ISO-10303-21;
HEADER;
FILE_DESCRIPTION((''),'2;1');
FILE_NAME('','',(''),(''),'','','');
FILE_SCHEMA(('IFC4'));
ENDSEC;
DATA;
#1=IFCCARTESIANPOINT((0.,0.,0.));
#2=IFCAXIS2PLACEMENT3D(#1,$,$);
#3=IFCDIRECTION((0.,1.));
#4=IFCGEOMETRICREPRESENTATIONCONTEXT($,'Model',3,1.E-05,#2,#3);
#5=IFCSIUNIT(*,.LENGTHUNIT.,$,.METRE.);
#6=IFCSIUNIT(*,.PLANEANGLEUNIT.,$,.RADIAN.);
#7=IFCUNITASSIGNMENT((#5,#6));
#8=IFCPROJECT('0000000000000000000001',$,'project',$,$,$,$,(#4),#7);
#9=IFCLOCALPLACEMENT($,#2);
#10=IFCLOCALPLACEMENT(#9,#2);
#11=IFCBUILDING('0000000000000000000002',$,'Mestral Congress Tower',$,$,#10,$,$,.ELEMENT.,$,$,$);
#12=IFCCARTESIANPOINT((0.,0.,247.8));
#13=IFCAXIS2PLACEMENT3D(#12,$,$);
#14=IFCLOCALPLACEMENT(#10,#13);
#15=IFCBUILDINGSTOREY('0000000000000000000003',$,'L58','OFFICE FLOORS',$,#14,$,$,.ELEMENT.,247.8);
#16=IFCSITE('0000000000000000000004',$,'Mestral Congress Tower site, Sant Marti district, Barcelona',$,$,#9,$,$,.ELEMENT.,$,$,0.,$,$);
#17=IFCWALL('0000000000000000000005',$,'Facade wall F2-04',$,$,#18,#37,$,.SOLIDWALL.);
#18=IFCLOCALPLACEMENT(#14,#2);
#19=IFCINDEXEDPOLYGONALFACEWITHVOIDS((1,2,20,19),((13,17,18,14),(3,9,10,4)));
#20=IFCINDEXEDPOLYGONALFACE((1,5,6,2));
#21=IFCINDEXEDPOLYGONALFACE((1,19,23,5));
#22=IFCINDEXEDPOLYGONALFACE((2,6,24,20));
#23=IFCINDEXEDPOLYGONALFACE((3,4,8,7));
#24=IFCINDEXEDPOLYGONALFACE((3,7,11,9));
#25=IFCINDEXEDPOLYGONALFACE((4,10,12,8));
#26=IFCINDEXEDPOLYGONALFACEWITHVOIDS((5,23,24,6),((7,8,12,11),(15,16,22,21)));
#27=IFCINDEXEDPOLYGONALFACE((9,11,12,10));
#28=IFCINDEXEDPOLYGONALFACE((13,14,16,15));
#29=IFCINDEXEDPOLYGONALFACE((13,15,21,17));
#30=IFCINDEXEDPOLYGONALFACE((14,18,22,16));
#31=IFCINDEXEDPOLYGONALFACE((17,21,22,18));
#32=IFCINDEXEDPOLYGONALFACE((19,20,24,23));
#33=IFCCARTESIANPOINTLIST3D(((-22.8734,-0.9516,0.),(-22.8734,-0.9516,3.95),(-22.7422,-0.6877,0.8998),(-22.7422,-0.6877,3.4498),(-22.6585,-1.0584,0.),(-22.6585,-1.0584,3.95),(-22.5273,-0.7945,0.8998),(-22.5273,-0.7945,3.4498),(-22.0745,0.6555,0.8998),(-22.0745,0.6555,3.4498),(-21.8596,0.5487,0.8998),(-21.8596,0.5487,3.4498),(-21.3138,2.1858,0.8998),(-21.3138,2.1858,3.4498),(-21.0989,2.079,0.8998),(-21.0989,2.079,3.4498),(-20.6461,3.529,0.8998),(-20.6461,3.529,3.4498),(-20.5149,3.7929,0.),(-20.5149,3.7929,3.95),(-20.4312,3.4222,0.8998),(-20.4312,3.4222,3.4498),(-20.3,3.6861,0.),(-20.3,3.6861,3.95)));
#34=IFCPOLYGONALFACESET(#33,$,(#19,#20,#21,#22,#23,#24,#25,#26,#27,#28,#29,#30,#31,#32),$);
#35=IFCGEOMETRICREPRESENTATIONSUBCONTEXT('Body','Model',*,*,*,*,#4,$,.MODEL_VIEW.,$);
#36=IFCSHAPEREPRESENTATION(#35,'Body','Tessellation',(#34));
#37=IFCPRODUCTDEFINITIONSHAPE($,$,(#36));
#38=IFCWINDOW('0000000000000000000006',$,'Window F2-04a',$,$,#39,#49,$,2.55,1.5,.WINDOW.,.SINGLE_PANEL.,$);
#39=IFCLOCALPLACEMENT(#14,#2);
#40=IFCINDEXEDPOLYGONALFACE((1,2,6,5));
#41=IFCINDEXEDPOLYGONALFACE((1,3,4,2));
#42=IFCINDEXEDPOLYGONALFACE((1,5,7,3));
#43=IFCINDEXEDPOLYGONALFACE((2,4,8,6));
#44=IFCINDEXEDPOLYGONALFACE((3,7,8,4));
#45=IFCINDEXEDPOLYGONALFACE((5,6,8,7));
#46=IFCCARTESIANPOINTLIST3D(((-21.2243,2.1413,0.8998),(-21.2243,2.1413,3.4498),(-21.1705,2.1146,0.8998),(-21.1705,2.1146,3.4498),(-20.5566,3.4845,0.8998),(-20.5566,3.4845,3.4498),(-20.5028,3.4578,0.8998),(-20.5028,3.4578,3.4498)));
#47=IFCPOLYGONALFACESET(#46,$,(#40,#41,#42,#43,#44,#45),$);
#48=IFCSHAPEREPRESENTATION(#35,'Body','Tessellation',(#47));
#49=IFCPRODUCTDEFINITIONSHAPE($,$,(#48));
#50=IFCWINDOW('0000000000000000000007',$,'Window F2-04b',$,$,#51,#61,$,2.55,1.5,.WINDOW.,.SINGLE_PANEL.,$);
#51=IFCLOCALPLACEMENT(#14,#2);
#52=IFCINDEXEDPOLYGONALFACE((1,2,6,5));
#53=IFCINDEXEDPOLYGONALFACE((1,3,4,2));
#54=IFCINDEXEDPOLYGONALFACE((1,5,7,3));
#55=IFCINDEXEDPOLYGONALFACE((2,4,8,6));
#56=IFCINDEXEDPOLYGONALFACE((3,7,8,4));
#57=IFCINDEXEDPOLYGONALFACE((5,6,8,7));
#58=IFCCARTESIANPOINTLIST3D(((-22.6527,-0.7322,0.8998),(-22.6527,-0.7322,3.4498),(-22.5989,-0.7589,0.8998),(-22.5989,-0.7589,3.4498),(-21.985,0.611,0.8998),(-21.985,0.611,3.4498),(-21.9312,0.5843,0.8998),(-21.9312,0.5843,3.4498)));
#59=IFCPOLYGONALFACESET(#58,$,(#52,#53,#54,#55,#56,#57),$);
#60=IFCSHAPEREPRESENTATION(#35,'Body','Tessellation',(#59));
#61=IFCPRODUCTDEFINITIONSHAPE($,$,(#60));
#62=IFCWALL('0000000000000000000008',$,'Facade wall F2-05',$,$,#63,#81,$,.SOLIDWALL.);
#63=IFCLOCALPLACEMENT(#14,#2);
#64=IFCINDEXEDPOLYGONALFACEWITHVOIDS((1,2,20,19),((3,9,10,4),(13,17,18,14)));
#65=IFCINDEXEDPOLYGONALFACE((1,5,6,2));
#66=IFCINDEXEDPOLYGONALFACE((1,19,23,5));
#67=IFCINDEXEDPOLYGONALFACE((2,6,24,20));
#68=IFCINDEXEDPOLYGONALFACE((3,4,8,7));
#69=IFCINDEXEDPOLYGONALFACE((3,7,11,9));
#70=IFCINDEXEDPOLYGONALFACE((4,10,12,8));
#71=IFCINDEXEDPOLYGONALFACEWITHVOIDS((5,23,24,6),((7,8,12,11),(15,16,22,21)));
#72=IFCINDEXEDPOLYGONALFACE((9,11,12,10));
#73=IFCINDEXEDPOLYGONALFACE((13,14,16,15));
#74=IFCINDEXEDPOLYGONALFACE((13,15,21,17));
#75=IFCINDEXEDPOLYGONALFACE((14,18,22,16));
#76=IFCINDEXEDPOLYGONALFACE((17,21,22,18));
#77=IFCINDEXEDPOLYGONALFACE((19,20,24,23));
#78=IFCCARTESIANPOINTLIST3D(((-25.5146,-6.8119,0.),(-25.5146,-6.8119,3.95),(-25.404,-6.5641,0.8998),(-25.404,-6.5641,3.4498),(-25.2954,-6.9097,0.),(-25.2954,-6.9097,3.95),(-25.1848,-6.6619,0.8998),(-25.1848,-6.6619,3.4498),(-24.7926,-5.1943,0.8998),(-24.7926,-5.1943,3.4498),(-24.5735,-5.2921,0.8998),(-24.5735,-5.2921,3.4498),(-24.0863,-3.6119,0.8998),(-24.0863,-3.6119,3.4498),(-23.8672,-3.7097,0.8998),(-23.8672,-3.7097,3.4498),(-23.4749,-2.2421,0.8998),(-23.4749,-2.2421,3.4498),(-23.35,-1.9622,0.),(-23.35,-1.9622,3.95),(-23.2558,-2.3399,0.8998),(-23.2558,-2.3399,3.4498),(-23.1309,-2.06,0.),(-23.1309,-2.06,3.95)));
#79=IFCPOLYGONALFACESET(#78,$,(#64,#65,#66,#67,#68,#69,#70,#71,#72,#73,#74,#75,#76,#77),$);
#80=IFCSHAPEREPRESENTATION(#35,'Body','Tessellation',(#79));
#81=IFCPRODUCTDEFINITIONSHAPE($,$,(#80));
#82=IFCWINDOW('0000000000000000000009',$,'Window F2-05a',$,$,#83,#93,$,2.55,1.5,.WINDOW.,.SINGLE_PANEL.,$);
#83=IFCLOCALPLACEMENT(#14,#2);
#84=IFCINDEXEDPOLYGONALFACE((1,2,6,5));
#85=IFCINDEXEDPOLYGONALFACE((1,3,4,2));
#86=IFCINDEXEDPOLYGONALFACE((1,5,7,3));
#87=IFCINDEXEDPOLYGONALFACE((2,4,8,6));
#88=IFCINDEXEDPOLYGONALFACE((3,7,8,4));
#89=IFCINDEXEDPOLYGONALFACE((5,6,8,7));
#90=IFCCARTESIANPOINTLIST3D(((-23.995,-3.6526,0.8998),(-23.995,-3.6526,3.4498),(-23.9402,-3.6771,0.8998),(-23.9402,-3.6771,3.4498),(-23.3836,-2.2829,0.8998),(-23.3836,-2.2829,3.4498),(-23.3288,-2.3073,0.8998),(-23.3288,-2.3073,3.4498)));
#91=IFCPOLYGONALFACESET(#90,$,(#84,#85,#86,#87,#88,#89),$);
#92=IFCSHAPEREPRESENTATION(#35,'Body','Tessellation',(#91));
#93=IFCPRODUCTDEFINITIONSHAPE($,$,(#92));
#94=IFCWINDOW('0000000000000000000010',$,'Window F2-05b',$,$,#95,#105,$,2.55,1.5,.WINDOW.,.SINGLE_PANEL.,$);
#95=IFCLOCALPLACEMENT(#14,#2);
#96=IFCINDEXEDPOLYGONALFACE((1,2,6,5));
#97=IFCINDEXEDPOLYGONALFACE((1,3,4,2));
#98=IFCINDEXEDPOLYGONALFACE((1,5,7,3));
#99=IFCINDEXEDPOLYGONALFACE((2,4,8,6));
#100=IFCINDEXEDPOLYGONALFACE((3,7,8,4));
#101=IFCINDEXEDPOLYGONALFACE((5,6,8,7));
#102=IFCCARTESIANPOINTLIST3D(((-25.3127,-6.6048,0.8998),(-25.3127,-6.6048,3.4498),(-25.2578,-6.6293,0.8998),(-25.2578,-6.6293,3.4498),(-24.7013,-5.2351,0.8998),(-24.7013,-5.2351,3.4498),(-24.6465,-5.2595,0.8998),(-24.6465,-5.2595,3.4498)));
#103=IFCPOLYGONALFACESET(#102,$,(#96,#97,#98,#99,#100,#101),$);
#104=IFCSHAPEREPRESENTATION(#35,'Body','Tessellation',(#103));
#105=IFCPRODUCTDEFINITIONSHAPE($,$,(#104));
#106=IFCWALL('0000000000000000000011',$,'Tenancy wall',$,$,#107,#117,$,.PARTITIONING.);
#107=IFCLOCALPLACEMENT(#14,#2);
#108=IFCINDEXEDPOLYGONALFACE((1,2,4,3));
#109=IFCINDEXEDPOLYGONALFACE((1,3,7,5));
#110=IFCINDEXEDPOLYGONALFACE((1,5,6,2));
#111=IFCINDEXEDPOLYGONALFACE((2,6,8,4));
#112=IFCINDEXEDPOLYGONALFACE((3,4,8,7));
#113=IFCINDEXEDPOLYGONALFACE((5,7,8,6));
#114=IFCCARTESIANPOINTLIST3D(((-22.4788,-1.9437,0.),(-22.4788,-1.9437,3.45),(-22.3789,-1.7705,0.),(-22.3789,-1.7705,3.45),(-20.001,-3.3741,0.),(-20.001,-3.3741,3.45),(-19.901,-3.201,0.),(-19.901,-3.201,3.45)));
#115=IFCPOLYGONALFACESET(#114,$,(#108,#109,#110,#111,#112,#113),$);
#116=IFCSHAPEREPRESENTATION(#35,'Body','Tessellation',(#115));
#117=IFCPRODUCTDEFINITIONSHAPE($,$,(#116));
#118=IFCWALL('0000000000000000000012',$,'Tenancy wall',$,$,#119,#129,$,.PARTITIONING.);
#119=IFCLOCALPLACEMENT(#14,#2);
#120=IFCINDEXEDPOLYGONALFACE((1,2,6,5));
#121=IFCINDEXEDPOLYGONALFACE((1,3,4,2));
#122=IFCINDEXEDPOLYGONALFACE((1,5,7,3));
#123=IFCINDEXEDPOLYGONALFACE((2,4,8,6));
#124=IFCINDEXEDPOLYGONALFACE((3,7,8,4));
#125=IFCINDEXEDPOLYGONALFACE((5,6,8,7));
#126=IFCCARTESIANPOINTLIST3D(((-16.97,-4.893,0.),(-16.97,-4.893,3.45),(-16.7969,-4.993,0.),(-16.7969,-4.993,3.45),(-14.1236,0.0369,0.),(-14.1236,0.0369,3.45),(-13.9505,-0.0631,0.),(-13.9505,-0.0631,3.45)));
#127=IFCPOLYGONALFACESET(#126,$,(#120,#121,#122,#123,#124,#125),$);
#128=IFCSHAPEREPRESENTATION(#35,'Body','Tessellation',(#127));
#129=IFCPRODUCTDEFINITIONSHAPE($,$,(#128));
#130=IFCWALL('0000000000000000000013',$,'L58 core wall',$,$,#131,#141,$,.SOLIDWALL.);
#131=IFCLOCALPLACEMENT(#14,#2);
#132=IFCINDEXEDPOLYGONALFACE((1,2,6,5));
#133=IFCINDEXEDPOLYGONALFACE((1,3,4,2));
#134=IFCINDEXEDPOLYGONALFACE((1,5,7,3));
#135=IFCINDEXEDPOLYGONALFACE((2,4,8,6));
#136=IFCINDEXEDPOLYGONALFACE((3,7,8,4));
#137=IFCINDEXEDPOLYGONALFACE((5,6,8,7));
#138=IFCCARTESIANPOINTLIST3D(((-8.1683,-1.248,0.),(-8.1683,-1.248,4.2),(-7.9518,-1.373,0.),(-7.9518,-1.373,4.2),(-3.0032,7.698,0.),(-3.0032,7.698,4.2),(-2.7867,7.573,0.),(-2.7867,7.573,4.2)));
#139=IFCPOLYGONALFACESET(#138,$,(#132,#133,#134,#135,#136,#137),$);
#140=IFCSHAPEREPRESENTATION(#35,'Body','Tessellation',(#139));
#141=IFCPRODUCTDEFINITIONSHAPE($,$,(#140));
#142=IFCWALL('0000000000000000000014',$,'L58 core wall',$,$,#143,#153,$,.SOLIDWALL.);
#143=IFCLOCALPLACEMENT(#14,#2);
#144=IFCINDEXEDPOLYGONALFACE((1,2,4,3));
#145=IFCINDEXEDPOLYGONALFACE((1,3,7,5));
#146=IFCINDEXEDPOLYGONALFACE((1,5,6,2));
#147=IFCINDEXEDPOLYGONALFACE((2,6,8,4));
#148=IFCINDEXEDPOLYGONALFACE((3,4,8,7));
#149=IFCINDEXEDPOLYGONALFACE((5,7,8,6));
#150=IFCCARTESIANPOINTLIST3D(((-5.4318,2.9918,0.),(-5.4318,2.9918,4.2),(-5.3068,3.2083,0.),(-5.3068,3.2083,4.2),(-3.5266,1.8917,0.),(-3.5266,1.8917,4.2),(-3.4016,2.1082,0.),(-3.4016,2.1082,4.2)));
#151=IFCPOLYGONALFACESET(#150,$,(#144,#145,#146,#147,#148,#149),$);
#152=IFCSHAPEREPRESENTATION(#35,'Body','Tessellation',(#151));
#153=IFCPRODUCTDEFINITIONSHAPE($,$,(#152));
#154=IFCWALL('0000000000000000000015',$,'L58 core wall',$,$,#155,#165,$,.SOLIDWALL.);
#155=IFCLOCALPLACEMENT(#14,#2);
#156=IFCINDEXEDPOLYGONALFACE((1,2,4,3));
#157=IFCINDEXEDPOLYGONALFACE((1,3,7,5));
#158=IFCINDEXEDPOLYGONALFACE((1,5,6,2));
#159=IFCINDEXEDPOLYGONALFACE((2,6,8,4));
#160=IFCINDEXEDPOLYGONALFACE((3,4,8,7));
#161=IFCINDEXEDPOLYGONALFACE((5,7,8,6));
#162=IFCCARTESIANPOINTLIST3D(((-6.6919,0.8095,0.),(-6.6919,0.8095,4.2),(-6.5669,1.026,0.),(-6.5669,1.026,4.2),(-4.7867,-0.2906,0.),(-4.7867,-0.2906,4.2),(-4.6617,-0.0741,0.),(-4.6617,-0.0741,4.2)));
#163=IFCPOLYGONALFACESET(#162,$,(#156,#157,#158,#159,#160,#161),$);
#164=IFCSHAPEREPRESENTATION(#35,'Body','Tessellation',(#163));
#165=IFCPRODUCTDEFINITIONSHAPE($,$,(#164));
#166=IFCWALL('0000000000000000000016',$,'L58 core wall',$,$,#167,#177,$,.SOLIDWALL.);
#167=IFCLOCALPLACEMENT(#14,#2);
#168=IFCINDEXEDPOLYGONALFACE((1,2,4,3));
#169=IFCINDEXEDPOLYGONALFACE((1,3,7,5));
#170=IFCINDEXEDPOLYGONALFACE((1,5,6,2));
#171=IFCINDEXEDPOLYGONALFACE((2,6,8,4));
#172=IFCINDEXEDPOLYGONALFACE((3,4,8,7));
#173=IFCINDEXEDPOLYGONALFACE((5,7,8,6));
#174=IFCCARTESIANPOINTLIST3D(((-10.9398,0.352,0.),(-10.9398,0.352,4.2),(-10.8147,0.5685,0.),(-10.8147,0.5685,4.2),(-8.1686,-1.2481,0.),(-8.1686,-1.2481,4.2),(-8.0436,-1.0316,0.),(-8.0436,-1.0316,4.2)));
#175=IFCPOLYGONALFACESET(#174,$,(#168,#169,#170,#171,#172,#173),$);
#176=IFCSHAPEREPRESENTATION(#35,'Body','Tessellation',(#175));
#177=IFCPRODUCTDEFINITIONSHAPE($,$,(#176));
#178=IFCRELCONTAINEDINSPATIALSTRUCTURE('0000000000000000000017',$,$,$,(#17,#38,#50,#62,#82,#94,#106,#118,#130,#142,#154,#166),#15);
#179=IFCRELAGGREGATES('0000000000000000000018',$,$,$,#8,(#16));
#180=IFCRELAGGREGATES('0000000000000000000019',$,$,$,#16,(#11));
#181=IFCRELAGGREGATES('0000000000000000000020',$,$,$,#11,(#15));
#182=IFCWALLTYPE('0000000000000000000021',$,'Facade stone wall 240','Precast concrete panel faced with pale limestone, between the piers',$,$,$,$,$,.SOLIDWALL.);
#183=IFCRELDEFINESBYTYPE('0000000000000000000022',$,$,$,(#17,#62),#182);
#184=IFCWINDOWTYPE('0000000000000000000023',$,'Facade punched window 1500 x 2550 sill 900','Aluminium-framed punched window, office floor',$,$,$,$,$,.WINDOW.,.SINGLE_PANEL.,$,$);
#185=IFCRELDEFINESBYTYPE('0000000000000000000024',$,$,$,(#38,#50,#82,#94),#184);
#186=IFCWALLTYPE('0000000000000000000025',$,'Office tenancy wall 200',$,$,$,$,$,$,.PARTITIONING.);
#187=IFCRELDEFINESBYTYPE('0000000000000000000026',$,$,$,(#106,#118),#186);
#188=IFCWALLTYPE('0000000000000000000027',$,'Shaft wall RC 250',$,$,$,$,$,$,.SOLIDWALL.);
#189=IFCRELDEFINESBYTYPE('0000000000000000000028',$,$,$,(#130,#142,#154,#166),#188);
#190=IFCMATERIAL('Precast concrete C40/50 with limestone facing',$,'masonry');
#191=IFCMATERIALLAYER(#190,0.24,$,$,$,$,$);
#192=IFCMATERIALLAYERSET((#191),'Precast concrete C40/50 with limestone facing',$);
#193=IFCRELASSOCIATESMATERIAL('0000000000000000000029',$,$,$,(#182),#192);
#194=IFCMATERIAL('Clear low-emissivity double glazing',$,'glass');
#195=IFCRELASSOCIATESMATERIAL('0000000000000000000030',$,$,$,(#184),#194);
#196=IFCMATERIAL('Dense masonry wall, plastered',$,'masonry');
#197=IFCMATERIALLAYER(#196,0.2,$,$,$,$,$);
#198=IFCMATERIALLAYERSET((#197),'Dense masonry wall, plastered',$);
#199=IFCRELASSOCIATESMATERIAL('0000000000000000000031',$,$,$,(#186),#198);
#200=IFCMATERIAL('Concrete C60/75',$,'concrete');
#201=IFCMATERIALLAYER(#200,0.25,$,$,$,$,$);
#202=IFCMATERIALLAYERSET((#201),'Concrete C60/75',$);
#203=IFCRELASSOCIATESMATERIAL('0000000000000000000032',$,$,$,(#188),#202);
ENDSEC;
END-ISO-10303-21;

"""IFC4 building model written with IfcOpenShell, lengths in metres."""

from ifc_helpers import new_model, si_unit, direction, frame, frame_2d, origin, place, context, subcontext, project, spatial, rectangle, extrude, material, layer, layer_set, type_object, element, fill, save


model = new_model("IFC4")

# Units and contexts
model_context = context("Model", 3, precision=1e-05, world=origin(), true_north=direction((0.0, 1.0)))
body_context = subcontext(model_context, "Body", "Model", "MODEL_VIEW")
ifc_project = project(units=[si_unit("LENGTHUNIT", "METRE"), si_unit("PLANEANGLEUNIT", "RADIAN")], contexts=[model_context])

# Site, building, storey
site_placement = place(None, origin())
site = spatial("IfcSite", under=ifc_project, at=site_placement, Name="Mestral Congress Tower site, Sant Marti district, Barcelona", CompositionType="ELEMENT", RefElevation=0.0)
building_placement = place(site_placement, origin())
building = spatial("IfcBuilding", under=site, at=building_placement, Name="Mestral Congress Tower", CompositionType="ELEMENT")
storey_placement = place(building_placement, frame((0.0, 0.0, 247.8)))
storey = spatial("IfcBuildingStorey", under=building, at=storey_placement, Name="L58", Description="OFFICE FLOORS", CompositionType="ELEMENT", Elevation=247.8)

# Shared definitions
ifc_material_1 = material(Name="Concrete C60/75", Category="concrete")

# Walls, openings, windows
ifc_material_2 = material(Name="Precast concrete C40/50 with limestone facing", Category="masonry")
ifc_layer_1 = layer(ifc_material_2, 0.24)
ifc_layer_set_1 = layer_set([ifc_layer_1], Name="Precast concrete C40/50 with limestone facing")
wall_type_1 = type_object("IfcWallType", Name="Facade stone wall 240", Description="Precast concrete panel faced with pale limestone, between the piers", PredefinedType="SOLIDWALL", material=ifc_layer_set_1)
wall_1_placement = place(storey_placement, frame((-20.4075, 3.7395, 0.0), z_axis=(0.0, 0.0, 1.0), x_axis=(-0.44513, -0.895466, 0.0)))
wall_1 = element("IfcWall", 1, at=wall_1_placement, inside=storey, type_object=wall_type_1, Name="Facade wall F2-04", PredefinedType="SOLIDWALL", context=body_context, shape_type="SweptSolid", body=[
    extrude(rectangle(XDim=5.2983, YDim=0.24, at=frame_2d((2.6492, 0.0))), origin(), (0.0, 0.0, 1.0), 3.95),
])
opening_1_placement = place(wall_1_placement, frame((0.2947, 0.0, 0.8999)))
opening_1 = element("IfcOpeningElement", 2, at=opening_1_placement, cuts=wall_1, PredefinedType="OPENING", context=body_context, shape_type="SweptSolid", body=[
    extrude(rectangle(XDim=1.5, YDim=2.55, at=frame_2d((0.75, 1.2749))), frame((0.0, 0.1299, 0.0), z_axis=(0.0, -1.0, 0.0), x_axis=(1.0, 0.0, 0.0)), (0.0, 0.0, 1.0), 0.26),
])
opening_2_placement = place(wall_1_placement, frame((3.5037, 0.0, 0.8999)))
opening_2 = element("IfcOpeningElement", 3, at=opening_2_placement, cuts=wall_1, PredefinedType="OPENING", context=body_context, shape_type="SweptSolid", body=[
    extrude(rectangle(XDim=1.5, YDim=2.55, at=frame_2d((0.75, 1.2749))), frame((0.0, 0.1299, 0.0), z_axis=(0.0, -1.0, 0.0), x_axis=(1.0, 0.0, 0.0)), (0.0, 0.0, 1.0), 0.26),
])
ifc_material_3 = material(Name="Clear low-emissivity double glazing", Category="glass")
window_type = type_object("IfcWindowType", Name="Facade punched window 1500 x 2550 sill 900", Description="Aluminium-framed punched window, office floor", PartitioningType="SINGLE_PANEL", PredefinedType="WINDOW", material=ifc_material_3)
window_1_placement = place(opening_1_placement, origin())
window_1 = element("IfcWindow", 4, at=window_1_placement, inside=storey, type_object=window_type, Name="Window F2-04a", OverallHeight=2.55, OverallWidth=1.5, PartitioningType="SINGLE_PANEL", PredefinedType="WINDOW", context=body_context, shape_type="SweptSolid", body=[
    extrude(rectangle(XDim=1.5, YDim=2.55, at=frame_2d((0.75, 1.2749))), frame((0.0, 0.04, 0.0), z_axis=(0.0, -1.0, 0.0), x_axis=(1.0, 0.0, 0.0)), (0.0, 0.0, 1.0), 0.0601),
])
fill(opening_1, window_1)
window_2_placement = place(opening_2_placement, origin())
window_2 = element("IfcWindow", 5, at=window_2_placement, inside=storey, type_object=window_type, Name="Window F2-04b", OverallHeight=2.55, OverallWidth=1.5, PartitioningType="SINGLE_PANEL", PredefinedType="WINDOW", context=body_context, shape_type="SweptSolid", body=[
    extrude(rectangle(XDim=1.5, YDim=2.55, at=frame_2d((0.75, 1.2749))), frame((0.0, 0.04, 0.0), z_axis=(0.0, -1.0, 0.0), x_axis=(1.0, 0.0, 0.0)), (0.0, 0.0, 1.0), 0.0601),
])
fill(opening_2, window_2)
wall_2_placement = place(storey_placement, frame((-23.2405, -2.0112, 0.0), z_axis=(0.0, 0.0, 1.0), x_axis=(-0.40758, -0.91317, 0.0)))
wall_2 = element("IfcWall", 6, at=wall_2_placement, inside=storey, type_object=wall_type_1, Name="Facade wall F2-05", PredefinedType="SOLIDWALL", context=body_context, shape_type="SweptSolid", body=[
    extrude(rectangle(XDim=5.3108, YDim=0.24, at=frame_2d((2.6553, 0.0))), origin(), (0.0, 0.0, 1.0), 3.95),
])
opening_3_placement = place(wall_2_placement, frame((0.3064, 0.0, 0.8999)))
opening_3 = element("IfcOpeningElement", 7, at=opening_3_placement, cuts=wall_2, PredefinedType="OPENING", context=body_context, shape_type="SweptSolid", body=[
    extrude(rectangle(XDim=1.5, YDim=2.55, at=frame_2d((0.75, 1.2749))), frame((0.0, 0.1299, 0.0), z_axis=(0.0, -1.0, 0.0), x_axis=(1.0, 0.0, 0.0)), (0.0, 0.0, 1.0), 0.26),
])
opening_4_placement = place(wall_2_placement, frame((3.5393, 0.0, 0.8999)))
opening_4 = element("IfcOpeningElement", 8, at=opening_4_placement, cuts=wall_2, PredefinedType="OPENING", context=body_context, shape_type="SweptSolid", body=[
    extrude(rectangle(XDim=1.5, YDim=2.55, at=frame_2d((0.75, 1.2749))), frame((0.0, 0.1299, 0.0), z_axis=(0.0, -1.0, 0.0), x_axis=(1.0, 0.0, 0.0)), (0.0, 0.0, 1.0), 0.26),
])
window_3_placement = place(opening_3_placement, origin())
window_3 = element("IfcWindow", 9, at=window_3_placement, inside=storey, type_object=window_type, Name="Window F2-05a", OverallHeight=2.55, OverallWidth=1.5, PartitioningType="SINGLE_PANEL", PredefinedType="WINDOW", context=body_context, shape_type="SweptSolid", body=[
    extrude(rectangle(XDim=1.5, YDim=2.55, at=frame_2d((0.75, 1.2749))), frame((0.0, 0.04, 0.0), z_axis=(0.0, -1.0, 0.0), x_axis=(1.0, 0.0, 0.0)), (0.0, 0.0, 1.0), 0.0601),
])
fill(opening_3, window_3)
window_4_placement = place(opening_4_placement, origin())
window_4 = element("IfcWindow", 10, at=window_4_placement, inside=storey, type_object=window_type, Name="Window F2-05b", OverallHeight=2.55, OverallWidth=1.5, PartitioningType="SINGLE_PANEL", PredefinedType="WINDOW", context=body_context, shape_type="SweptSolid", body=[
    extrude(rectangle(XDim=1.5, YDim=2.55, at=frame_2d((0.75, 1.2749))), frame((0.0, 0.04, 0.0), z_axis=(0.0, -1.0, 0.0), x_axis=(1.0, 0.0, 0.0)), (0.0, 0.0, 1.0), 0.0601),
])
fill(opening_4, window_4)

# Walls
ifc_material_4 = material(Name="Dense masonry wall, plastered", Category="masonry")
ifc_layer_2 = layer(ifc_material_4, 0.2)
ifc_layer_set_2 = layer_set([ifc_layer_2], Name="Dense masonry wall, plastered")
wall_type_2 = type_object("IfcWallType", Name="Office tenancy wall 200", PredefinedType="PARTITIONING", material=ifc_layer_set_2)
wall_3_placement = place(storey_placement, frame((-19.9509, -3.2876, 0.0), z_axis=(0.0, 0.0, 1.0), x_axis=(-0.866045, 0.499966, 0.0)))
element("IfcWall", 11, at=wall_3_placement, inside=storey, type_object=wall_type_2, Name="Tenancy wall", PredefinedType="PARTITIONING", context=body_context, shape_type="SweptSolid", body=[
    extrude(rectangle(XDim=2.8611, YDim=0.2, at=frame_2d((1.4307, 0.0))), origin(), (0.0, 0.0, 1.0), 3.45),
])
wall_4_placement = place(storey_placement, frame((-14.0371, -0.0132, 0.0), z_axis=(0.0, 0.0, 1.0), x_axis=(-0.500018, -0.866015, 0.0)))
element("IfcWall", 12, at=wall_4_placement, inside=storey, type_object=wall_type_2, Name="Tenancy wall", PredefinedType="PARTITIONING", context=body_context, shape_type="SweptSolid", body=[
    extrude(rectangle(XDim=5.6926, YDim=0.2, at=frame_2d((2.8462, 0.0))), origin(), (0.0, 0.0, 1.0), 3.45),
])
ifc_layer_3 = layer(ifc_material_1, 0.25)
ifc_layer_set_3 = layer_set([ifc_layer_3], Name="Concrete C60/75")
wall_type_3 = type_object("IfcWallType", Name="Shaft wall RC 250", PredefinedType="SOLIDWALL", material=ifc_layer_set_3)
wall_5_placement = place(storey_placement, frame((-8.0601, -1.3105, 0.0), z_axis=(0.0, 0.0, 1.0), x_axis=(0.500003, 0.866024, 0.0)))
element("IfcWall", 13, at=wall_5_placement, inside=storey, type_object=wall_type_3, Name="L58 core wall", PredefinedType="SOLIDWALL", context=body_context, shape_type="SweptSolid", body=[
    extrude(rectangle(XDim=10.3301, YDim=0.25, at=frame_2d((5.165, 0.0))), origin(), (0.0, 0.0, 1.0), 4.2),
])
for number, where, z_axis, x_axis, name in (
    (14, (-5.3694, 3.1001, 0.0), (0.0, 0.0, 1.0), (0.866008, -0.50003, 0.0), "L58 core wall"),
    (15, (-4.7241, -0.1824, 0.0), (0.0, 0.0, 1.0), (-0.866008, 0.50003, 0.0), "L58 core wall"),
):
    element("IfcWall", number, at=place(storey_placement, frame(where, z_axis=z_axis, x_axis=x_axis)), inside=storey, type_object=wall_type_3, Name=name, PredefinedType="SOLIDWALL", context=body_context, shape_type="SweptSolid", body=[
        extrude(rectangle(XDim=2.2, YDim=0.25, at=frame_2d((1.1001, 0.0))), origin(), (0.0, 0.0, 1.0), 4.2),
    ])
wall_6_placement = place(storey_placement, frame((-8.106, -1.1399, 0.0), z_axis=(0.0, 0.0, 1.0), x_axis=(-0.866009, 0.500028, 0.0)))
element("IfcWall", 16, at=wall_6_placement, inside=storey, type_object=wall_type_3, Name="L58 core wall", PredefinedType="SOLIDWALL", context=body_context, shape_type="SweptSolid", body=[
    extrude(rectangle(XDim=3.2, YDim=0.25, at=frame_2d((1.6001, 0.0))), origin(), (0.0, 0.0, 1.0), 4.2),
])

save(model, "model.ifc")
